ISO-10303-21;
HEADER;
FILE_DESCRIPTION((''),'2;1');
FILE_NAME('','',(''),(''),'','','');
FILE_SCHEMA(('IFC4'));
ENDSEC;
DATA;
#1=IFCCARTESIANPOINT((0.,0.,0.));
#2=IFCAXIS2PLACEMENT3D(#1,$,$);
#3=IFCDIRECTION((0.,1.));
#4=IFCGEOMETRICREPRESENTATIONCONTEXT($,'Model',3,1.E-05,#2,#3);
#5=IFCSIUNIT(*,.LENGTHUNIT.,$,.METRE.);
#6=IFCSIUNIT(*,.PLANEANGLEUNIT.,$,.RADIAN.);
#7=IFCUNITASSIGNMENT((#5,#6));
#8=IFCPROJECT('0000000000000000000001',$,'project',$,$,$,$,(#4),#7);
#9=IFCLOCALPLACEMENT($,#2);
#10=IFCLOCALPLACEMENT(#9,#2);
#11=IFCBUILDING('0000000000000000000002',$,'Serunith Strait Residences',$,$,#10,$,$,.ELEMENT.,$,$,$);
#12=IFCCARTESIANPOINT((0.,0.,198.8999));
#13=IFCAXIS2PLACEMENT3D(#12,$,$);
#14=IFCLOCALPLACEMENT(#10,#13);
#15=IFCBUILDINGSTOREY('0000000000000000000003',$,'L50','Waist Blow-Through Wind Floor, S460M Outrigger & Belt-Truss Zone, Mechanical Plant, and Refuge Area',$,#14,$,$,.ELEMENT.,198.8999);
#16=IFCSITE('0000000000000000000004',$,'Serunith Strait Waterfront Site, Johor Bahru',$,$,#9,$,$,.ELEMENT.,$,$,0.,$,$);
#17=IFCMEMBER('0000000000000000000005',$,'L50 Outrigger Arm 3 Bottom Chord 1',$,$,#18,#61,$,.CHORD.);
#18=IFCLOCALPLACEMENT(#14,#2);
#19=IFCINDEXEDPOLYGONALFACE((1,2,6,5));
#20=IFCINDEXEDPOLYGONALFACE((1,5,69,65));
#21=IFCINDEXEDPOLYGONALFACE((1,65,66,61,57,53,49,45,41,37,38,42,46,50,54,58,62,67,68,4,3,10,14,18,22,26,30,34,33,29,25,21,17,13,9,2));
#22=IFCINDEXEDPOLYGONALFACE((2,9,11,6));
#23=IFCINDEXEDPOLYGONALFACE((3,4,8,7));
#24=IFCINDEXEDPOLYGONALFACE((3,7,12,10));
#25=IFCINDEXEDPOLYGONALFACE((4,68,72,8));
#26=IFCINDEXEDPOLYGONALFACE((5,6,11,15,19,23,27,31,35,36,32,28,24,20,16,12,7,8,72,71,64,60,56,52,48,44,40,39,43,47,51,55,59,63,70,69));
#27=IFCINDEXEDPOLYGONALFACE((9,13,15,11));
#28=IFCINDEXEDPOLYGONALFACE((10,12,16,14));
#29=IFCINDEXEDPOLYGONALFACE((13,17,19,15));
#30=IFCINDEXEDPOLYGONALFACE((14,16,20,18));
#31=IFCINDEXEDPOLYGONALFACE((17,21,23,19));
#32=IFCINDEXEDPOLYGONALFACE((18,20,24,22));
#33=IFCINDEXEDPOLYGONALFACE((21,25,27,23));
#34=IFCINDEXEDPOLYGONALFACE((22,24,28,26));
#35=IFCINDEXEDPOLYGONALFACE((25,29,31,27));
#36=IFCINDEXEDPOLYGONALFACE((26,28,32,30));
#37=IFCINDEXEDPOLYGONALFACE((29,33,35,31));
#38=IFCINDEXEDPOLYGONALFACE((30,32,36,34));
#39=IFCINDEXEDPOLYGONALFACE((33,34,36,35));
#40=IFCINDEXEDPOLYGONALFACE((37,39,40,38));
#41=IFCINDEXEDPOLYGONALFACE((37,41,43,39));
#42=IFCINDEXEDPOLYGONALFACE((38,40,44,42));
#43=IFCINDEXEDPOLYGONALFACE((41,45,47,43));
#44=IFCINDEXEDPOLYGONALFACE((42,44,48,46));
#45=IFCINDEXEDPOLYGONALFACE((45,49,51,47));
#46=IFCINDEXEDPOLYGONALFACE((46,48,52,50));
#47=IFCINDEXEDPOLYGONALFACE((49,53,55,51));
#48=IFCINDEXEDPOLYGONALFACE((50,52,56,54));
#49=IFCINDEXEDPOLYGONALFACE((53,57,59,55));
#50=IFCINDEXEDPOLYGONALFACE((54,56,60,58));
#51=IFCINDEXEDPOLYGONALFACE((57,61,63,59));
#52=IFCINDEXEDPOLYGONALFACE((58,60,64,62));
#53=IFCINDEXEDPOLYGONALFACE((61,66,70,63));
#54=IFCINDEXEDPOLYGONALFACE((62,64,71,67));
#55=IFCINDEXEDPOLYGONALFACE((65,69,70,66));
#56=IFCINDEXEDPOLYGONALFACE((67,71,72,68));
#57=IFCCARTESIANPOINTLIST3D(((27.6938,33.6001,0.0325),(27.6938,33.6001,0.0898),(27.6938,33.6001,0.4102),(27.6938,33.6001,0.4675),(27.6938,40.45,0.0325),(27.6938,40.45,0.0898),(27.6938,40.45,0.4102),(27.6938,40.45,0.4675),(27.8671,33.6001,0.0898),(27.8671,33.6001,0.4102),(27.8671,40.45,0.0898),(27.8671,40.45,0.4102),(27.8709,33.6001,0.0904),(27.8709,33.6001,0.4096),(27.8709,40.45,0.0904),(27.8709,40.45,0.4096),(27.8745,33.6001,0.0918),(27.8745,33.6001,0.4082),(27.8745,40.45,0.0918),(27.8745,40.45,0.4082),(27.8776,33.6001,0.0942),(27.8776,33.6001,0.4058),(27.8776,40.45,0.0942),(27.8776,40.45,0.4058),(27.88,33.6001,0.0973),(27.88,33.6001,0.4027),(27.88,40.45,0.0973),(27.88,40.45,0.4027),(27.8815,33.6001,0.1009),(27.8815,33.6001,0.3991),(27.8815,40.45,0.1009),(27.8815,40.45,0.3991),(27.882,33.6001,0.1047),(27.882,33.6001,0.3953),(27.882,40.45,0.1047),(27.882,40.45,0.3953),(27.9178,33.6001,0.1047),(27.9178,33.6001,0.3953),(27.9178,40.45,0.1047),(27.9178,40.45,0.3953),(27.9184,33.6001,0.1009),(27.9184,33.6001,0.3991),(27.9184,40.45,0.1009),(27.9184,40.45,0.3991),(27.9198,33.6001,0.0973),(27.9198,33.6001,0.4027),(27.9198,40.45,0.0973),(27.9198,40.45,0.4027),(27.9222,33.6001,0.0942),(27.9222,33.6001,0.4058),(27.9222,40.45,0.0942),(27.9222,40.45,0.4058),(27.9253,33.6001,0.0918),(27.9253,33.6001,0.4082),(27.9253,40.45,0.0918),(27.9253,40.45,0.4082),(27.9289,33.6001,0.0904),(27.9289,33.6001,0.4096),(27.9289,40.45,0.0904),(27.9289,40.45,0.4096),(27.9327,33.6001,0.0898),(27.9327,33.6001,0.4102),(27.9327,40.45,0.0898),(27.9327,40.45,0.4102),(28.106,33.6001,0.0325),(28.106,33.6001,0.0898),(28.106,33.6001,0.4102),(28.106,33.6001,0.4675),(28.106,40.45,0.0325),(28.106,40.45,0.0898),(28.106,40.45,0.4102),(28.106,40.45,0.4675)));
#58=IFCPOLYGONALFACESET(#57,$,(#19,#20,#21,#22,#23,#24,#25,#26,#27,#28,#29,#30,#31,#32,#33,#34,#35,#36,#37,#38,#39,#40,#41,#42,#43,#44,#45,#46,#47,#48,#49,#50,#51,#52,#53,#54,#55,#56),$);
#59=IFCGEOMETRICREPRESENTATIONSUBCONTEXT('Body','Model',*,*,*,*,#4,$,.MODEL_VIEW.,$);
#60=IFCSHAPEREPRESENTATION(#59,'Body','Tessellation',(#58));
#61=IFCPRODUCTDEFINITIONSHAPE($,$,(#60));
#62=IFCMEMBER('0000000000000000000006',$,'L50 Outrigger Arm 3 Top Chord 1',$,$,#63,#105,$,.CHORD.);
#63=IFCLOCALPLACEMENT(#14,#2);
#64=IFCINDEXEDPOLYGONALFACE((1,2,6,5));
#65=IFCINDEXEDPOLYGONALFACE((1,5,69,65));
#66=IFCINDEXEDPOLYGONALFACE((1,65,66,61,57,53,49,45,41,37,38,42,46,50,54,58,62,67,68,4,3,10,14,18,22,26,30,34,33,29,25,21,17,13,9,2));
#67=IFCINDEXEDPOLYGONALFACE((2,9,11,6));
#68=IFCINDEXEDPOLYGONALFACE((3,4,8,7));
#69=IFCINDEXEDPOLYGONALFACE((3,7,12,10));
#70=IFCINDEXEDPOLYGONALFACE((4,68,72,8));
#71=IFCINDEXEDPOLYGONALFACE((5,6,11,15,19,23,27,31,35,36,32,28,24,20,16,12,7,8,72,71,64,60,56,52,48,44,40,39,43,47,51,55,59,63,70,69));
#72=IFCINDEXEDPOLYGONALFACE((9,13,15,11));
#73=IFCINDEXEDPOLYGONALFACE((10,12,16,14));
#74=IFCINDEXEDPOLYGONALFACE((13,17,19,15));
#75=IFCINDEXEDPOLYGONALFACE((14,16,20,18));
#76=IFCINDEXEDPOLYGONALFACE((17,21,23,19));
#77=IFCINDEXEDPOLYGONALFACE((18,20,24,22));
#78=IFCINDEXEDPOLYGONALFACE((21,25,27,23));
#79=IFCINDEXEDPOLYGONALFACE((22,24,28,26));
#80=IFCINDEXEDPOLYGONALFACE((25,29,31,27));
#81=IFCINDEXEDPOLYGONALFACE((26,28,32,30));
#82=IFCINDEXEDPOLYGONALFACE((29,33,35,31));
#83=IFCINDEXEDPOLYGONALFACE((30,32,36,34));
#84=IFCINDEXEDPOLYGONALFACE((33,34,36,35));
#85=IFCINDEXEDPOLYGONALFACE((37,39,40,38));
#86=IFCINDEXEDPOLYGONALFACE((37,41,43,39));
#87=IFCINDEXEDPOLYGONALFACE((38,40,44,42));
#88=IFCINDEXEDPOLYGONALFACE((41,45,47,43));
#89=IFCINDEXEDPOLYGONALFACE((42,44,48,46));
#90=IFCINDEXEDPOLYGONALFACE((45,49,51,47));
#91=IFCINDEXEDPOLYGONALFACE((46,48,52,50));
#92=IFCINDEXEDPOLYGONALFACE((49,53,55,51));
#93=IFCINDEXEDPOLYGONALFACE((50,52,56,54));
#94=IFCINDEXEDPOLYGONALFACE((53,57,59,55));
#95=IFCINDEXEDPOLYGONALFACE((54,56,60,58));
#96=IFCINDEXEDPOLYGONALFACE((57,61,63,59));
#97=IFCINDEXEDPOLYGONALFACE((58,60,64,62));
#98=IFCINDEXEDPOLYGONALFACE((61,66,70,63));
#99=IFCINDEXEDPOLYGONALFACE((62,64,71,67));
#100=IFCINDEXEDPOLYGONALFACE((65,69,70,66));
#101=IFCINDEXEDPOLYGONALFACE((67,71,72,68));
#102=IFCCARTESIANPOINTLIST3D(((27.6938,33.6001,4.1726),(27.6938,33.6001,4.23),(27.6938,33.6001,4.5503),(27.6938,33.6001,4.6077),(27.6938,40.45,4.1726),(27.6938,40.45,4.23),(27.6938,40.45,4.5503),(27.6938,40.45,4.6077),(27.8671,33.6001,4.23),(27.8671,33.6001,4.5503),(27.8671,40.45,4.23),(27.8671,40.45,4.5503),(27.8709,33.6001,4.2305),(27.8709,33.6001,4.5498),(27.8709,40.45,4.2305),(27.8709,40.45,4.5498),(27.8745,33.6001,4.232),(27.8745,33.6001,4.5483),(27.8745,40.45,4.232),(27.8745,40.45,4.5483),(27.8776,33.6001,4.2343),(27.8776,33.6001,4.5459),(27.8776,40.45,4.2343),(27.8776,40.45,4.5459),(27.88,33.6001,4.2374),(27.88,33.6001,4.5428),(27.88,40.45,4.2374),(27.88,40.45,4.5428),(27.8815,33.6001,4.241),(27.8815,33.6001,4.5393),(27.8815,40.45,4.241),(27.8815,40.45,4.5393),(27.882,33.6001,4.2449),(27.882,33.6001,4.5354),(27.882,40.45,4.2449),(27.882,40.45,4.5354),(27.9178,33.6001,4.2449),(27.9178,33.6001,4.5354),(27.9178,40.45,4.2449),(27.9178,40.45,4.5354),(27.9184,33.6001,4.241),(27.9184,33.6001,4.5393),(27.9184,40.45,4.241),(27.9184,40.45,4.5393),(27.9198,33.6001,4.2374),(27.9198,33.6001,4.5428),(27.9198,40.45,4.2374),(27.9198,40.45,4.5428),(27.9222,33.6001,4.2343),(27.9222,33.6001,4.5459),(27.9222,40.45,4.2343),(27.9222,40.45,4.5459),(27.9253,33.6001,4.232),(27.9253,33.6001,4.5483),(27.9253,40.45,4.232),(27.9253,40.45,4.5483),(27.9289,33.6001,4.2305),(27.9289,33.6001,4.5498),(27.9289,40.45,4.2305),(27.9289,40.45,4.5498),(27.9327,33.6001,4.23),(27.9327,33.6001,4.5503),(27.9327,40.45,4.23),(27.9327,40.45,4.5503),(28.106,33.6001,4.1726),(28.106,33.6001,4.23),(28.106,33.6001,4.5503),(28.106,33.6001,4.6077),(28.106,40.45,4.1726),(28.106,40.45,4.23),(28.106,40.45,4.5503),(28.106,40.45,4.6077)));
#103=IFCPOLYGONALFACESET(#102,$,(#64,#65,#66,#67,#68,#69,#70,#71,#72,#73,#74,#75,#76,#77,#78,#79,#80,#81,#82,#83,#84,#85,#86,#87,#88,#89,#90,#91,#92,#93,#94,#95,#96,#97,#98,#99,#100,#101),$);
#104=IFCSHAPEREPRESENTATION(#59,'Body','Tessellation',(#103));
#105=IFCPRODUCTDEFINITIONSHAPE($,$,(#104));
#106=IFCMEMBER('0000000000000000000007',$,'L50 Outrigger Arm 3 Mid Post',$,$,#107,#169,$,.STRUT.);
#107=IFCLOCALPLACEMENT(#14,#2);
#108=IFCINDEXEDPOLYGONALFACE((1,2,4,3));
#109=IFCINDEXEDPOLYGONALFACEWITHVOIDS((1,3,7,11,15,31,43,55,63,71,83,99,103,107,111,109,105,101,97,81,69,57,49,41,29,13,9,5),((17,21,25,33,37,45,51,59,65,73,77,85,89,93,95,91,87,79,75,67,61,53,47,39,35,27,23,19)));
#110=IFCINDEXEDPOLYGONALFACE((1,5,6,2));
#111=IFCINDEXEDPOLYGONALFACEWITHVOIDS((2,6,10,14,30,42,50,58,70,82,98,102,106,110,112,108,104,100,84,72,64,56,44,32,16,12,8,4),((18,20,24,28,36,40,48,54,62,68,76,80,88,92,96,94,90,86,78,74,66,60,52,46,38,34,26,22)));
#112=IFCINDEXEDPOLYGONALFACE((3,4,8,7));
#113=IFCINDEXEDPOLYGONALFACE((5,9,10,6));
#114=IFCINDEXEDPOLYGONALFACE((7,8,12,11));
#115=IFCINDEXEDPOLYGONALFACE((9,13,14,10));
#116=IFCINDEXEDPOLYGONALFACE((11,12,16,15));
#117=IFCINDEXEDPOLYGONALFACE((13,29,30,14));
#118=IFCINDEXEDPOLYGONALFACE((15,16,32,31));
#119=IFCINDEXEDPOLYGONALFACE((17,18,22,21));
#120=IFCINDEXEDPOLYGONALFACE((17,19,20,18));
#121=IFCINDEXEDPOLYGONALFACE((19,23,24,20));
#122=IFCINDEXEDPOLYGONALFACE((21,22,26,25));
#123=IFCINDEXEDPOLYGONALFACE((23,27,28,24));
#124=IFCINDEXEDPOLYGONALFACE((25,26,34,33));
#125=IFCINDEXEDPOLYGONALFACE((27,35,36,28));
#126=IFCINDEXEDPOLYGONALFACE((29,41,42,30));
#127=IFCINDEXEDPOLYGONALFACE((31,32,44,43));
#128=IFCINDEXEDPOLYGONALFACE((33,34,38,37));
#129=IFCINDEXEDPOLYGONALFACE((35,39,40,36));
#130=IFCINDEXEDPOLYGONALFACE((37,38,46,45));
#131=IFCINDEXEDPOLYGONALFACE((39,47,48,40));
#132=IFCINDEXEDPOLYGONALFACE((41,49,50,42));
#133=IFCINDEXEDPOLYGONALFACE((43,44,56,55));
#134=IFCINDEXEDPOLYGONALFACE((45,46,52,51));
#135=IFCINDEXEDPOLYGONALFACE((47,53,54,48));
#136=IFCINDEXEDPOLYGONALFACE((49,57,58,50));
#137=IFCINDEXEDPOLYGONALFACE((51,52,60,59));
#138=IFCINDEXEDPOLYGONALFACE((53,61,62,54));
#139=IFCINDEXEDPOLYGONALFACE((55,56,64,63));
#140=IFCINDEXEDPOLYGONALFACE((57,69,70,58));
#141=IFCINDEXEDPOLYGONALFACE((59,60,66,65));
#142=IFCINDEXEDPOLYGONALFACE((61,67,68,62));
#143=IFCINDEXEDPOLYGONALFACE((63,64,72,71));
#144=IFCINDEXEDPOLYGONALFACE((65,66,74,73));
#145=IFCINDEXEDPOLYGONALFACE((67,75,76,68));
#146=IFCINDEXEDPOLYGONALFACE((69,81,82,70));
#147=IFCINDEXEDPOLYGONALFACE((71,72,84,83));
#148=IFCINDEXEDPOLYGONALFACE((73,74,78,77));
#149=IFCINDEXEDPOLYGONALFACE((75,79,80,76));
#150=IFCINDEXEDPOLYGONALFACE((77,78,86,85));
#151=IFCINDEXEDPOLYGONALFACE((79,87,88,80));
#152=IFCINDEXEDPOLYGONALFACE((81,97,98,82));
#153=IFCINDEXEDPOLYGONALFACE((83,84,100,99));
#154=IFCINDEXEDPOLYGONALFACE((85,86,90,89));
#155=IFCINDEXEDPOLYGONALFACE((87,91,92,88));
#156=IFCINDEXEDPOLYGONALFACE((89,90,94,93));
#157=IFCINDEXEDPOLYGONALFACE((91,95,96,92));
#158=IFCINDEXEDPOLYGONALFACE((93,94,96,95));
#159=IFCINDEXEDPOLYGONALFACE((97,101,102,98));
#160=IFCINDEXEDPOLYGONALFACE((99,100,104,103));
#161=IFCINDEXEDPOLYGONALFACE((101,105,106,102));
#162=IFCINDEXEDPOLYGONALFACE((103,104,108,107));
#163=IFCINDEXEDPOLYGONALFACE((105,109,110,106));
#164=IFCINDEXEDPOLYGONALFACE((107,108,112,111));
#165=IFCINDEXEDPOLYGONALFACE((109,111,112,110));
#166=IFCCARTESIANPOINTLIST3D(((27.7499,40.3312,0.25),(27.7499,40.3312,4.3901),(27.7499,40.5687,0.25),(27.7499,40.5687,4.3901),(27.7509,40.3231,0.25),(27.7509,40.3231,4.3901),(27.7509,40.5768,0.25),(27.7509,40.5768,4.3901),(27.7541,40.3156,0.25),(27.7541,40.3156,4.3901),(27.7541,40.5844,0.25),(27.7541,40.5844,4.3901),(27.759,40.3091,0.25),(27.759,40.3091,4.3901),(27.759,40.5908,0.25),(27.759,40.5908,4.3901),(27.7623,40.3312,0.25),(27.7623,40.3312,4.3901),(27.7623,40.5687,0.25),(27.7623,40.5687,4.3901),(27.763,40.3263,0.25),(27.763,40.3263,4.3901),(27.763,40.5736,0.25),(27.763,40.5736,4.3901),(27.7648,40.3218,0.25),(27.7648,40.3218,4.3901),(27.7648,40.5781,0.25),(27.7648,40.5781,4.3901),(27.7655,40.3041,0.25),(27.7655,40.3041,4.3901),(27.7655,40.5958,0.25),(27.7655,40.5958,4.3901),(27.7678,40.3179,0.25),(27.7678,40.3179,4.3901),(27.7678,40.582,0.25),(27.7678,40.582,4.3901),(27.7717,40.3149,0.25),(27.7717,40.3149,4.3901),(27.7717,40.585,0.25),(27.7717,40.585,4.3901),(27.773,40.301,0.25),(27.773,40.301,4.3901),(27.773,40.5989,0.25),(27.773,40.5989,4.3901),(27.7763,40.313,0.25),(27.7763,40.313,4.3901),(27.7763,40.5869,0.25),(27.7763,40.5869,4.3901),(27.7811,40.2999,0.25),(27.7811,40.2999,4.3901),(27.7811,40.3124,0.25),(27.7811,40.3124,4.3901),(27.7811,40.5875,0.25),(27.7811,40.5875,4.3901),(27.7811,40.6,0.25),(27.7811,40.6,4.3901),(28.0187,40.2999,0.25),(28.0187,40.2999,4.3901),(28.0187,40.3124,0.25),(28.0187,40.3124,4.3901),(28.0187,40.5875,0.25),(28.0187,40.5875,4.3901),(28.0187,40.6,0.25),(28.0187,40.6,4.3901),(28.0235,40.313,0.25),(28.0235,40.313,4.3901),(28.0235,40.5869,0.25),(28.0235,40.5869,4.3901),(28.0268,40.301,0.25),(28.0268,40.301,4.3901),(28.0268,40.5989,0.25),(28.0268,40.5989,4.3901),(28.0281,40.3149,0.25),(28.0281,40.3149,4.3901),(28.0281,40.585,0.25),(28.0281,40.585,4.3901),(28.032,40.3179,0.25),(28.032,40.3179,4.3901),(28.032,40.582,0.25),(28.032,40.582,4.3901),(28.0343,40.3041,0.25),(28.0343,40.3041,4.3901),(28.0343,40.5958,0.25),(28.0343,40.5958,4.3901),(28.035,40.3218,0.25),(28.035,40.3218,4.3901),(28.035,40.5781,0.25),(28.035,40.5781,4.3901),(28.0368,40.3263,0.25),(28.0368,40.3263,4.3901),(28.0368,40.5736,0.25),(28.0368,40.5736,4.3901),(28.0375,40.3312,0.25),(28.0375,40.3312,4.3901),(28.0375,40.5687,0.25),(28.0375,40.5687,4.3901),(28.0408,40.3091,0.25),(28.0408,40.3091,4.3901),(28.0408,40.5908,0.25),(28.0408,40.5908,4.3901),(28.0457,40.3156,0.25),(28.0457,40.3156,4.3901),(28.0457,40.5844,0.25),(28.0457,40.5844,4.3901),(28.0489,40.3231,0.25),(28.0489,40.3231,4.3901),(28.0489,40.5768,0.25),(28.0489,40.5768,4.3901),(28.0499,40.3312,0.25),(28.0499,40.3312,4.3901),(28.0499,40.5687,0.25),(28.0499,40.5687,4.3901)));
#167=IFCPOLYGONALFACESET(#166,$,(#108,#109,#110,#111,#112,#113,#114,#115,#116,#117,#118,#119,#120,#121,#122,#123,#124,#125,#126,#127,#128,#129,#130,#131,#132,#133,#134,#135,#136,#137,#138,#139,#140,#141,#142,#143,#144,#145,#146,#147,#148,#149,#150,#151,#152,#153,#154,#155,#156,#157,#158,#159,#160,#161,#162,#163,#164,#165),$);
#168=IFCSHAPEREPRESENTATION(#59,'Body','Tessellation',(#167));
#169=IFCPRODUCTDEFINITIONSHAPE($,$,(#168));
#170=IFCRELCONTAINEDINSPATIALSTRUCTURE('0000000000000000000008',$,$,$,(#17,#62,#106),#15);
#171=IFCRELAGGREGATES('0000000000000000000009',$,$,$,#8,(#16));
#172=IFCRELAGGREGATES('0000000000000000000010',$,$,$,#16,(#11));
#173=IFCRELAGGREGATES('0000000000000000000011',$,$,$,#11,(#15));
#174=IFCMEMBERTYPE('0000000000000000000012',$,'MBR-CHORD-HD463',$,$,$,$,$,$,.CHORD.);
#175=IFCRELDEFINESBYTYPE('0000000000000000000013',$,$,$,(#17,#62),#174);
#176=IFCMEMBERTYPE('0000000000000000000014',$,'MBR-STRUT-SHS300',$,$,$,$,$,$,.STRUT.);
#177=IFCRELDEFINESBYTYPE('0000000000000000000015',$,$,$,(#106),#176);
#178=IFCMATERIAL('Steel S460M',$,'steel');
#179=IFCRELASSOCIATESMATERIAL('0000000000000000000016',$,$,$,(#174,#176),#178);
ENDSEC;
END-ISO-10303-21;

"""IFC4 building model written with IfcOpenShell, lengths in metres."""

from ifc_helpers import new_model, si_unit, direction, frame, origin, origin_2d, place, context, subcontext, project, spatial, hollow_rectangle, i_section, extrude, source, transform, mapped, material, material_profile, profile_set, type_object, element, save


model = new_model("IFC4")

# Units and contexts
model_context = context("Model", 3, precision=1e-05, world=origin(), true_north=direction((0.0, 1.0)))
body_context = subcontext(model_context, "Body", "Model", "MODEL_VIEW")
ifc_project = project(units=[si_unit("LENGTHUNIT", "METRE"), si_unit("PLANEANGLEUNIT", "RADIAN")], contexts=[model_context])

# Site, building, storey
site_placement = place(None, origin())
site = spatial("IfcSite", under=ifc_project, at=site_placement, Name="Serunith Strait Waterfront Site, Johor Bahru", CompositionType="ELEMENT", RefElevation=0.0)
building_placement = place(site_placement, origin())
building = spatial("IfcBuilding", under=site, at=building_placement, Name="Serunith Strait Residences", CompositionType="ELEMENT")
storey_placement = place(building_placement, frame((0.0, 0.0, 198.8999)))
storey = spatial("IfcBuildingStorey", under=building, at=storey_placement, Name="L50", Description="Waist Blow-Through Wind Floor, S460M Outrigger & Belt-Truss Zone, Mechanical Plant, and Refuge Area", CompositionType="ELEMENT", Elevation=198.8999)

# Members
ifc_material_1 = material(Name="Steel S460M", Category="steel")
ifc_material_profile_1 = material_profile(ifc_material_1, i_section(OverallWidth=0.4121, OverallDepth=0.4351, WebThickness=0.0359, FlangeThickness=0.0574, FilletRadius=0.0149, at=origin_2d()), Name="HD 400x463")
ifc_profile_set_1 = profile_set([ifc_material_profile_1], Name="Steel S460M")
member_type_1 = type_object("IfcMemberType", Name="MBR-CHORD-HD463", PredefinedType="CHORD", material=ifc_profile_set_1)
shared_shape_1 = source(origin(), body_context, "Body", "SweptSolid", [
    extrude(i_section(OverallWidth=0.4121, OverallDepth=0.4351, WebThickness=0.0359, FlangeThickness=0.0574, FilletRadius=0.0149, at=origin_2d()), origin(), (0.0, 0.0, 1.0), 6.8499),
])
for number, where, z_axis, x_axis, name in (
    (1, (27.8999, 33.6001, 0.25), (0.0, 1.0, 0.0), (-1.0, 0.0, 0.0), "L50 Outrigger Arm 3 Bottom Chord 1"),
    (2, (27.8999, 33.6001, 4.3901), (0.0, 1.0, 0.0), (-1.0, 0.0, 0.0), "L50 Outrigger Arm 3 Top Chord 1"),
):
    element("IfcMember", number, at=place(storey_placement, frame(where, z_axis=z_axis, x_axis=x_axis)), inside=storey, type_object=member_type_1, Name=name, PredefinedType="CHORD", context=body_context, shape_type="MappedRepresentation", body=[
        mapped(shared_shape_1, transform((0.0, 0.0, 0.0), scale=1.0)),
    ])
ifc_material_profile_2 = material_profile(ifc_material_1, hollow_rectangle(XDim=0.3, YDim=0.3, WallThickness=0.0125, InnerFilletRadius=0.0188, OuterFilletRadius=0.0312, at=origin_2d()), Name="SHS 300x300x12.5")
ifc_profile_set_2 = profile_set([ifc_material_profile_2], Name="Steel S460M")
member_type_2 = type_object("IfcMemberType", Name="MBR-STRUT-SHS300", PredefinedType="STRUT", material=ifc_profile_set_2)
shared_shape_2 = source(origin(), body_context, "Body", "SweptSolid", [
    extrude(hollow_rectangle(XDim=0.3, YDim=0.3, WallThickness=0.0125, InnerFilletRadius=0.0188, OuterFilletRadius=0.0312, at=origin_2d()), origin(), (0.0, 0.0, 1.0), 4.1401),
])
member_1_placement = place(storey_placement, frame((27.8999, 40.45, 0.25), z_axis=(0.0, 0.0, 1.0), x_axis=(1.0, 0.0, 0.0)))
element("IfcMember", 3, at=member_1_placement, inside=storey, type_object=member_type_2, Name="L50 Outrigger Arm 3 Mid Post", PredefinedType="STRUT", context=body_context, shape_type="MappedRepresentation", body=[
    mapped(shared_shape_2, transform((0.0, 0.0, 0.0), scale=1.0)),
])

save(model, "model.ifc")
